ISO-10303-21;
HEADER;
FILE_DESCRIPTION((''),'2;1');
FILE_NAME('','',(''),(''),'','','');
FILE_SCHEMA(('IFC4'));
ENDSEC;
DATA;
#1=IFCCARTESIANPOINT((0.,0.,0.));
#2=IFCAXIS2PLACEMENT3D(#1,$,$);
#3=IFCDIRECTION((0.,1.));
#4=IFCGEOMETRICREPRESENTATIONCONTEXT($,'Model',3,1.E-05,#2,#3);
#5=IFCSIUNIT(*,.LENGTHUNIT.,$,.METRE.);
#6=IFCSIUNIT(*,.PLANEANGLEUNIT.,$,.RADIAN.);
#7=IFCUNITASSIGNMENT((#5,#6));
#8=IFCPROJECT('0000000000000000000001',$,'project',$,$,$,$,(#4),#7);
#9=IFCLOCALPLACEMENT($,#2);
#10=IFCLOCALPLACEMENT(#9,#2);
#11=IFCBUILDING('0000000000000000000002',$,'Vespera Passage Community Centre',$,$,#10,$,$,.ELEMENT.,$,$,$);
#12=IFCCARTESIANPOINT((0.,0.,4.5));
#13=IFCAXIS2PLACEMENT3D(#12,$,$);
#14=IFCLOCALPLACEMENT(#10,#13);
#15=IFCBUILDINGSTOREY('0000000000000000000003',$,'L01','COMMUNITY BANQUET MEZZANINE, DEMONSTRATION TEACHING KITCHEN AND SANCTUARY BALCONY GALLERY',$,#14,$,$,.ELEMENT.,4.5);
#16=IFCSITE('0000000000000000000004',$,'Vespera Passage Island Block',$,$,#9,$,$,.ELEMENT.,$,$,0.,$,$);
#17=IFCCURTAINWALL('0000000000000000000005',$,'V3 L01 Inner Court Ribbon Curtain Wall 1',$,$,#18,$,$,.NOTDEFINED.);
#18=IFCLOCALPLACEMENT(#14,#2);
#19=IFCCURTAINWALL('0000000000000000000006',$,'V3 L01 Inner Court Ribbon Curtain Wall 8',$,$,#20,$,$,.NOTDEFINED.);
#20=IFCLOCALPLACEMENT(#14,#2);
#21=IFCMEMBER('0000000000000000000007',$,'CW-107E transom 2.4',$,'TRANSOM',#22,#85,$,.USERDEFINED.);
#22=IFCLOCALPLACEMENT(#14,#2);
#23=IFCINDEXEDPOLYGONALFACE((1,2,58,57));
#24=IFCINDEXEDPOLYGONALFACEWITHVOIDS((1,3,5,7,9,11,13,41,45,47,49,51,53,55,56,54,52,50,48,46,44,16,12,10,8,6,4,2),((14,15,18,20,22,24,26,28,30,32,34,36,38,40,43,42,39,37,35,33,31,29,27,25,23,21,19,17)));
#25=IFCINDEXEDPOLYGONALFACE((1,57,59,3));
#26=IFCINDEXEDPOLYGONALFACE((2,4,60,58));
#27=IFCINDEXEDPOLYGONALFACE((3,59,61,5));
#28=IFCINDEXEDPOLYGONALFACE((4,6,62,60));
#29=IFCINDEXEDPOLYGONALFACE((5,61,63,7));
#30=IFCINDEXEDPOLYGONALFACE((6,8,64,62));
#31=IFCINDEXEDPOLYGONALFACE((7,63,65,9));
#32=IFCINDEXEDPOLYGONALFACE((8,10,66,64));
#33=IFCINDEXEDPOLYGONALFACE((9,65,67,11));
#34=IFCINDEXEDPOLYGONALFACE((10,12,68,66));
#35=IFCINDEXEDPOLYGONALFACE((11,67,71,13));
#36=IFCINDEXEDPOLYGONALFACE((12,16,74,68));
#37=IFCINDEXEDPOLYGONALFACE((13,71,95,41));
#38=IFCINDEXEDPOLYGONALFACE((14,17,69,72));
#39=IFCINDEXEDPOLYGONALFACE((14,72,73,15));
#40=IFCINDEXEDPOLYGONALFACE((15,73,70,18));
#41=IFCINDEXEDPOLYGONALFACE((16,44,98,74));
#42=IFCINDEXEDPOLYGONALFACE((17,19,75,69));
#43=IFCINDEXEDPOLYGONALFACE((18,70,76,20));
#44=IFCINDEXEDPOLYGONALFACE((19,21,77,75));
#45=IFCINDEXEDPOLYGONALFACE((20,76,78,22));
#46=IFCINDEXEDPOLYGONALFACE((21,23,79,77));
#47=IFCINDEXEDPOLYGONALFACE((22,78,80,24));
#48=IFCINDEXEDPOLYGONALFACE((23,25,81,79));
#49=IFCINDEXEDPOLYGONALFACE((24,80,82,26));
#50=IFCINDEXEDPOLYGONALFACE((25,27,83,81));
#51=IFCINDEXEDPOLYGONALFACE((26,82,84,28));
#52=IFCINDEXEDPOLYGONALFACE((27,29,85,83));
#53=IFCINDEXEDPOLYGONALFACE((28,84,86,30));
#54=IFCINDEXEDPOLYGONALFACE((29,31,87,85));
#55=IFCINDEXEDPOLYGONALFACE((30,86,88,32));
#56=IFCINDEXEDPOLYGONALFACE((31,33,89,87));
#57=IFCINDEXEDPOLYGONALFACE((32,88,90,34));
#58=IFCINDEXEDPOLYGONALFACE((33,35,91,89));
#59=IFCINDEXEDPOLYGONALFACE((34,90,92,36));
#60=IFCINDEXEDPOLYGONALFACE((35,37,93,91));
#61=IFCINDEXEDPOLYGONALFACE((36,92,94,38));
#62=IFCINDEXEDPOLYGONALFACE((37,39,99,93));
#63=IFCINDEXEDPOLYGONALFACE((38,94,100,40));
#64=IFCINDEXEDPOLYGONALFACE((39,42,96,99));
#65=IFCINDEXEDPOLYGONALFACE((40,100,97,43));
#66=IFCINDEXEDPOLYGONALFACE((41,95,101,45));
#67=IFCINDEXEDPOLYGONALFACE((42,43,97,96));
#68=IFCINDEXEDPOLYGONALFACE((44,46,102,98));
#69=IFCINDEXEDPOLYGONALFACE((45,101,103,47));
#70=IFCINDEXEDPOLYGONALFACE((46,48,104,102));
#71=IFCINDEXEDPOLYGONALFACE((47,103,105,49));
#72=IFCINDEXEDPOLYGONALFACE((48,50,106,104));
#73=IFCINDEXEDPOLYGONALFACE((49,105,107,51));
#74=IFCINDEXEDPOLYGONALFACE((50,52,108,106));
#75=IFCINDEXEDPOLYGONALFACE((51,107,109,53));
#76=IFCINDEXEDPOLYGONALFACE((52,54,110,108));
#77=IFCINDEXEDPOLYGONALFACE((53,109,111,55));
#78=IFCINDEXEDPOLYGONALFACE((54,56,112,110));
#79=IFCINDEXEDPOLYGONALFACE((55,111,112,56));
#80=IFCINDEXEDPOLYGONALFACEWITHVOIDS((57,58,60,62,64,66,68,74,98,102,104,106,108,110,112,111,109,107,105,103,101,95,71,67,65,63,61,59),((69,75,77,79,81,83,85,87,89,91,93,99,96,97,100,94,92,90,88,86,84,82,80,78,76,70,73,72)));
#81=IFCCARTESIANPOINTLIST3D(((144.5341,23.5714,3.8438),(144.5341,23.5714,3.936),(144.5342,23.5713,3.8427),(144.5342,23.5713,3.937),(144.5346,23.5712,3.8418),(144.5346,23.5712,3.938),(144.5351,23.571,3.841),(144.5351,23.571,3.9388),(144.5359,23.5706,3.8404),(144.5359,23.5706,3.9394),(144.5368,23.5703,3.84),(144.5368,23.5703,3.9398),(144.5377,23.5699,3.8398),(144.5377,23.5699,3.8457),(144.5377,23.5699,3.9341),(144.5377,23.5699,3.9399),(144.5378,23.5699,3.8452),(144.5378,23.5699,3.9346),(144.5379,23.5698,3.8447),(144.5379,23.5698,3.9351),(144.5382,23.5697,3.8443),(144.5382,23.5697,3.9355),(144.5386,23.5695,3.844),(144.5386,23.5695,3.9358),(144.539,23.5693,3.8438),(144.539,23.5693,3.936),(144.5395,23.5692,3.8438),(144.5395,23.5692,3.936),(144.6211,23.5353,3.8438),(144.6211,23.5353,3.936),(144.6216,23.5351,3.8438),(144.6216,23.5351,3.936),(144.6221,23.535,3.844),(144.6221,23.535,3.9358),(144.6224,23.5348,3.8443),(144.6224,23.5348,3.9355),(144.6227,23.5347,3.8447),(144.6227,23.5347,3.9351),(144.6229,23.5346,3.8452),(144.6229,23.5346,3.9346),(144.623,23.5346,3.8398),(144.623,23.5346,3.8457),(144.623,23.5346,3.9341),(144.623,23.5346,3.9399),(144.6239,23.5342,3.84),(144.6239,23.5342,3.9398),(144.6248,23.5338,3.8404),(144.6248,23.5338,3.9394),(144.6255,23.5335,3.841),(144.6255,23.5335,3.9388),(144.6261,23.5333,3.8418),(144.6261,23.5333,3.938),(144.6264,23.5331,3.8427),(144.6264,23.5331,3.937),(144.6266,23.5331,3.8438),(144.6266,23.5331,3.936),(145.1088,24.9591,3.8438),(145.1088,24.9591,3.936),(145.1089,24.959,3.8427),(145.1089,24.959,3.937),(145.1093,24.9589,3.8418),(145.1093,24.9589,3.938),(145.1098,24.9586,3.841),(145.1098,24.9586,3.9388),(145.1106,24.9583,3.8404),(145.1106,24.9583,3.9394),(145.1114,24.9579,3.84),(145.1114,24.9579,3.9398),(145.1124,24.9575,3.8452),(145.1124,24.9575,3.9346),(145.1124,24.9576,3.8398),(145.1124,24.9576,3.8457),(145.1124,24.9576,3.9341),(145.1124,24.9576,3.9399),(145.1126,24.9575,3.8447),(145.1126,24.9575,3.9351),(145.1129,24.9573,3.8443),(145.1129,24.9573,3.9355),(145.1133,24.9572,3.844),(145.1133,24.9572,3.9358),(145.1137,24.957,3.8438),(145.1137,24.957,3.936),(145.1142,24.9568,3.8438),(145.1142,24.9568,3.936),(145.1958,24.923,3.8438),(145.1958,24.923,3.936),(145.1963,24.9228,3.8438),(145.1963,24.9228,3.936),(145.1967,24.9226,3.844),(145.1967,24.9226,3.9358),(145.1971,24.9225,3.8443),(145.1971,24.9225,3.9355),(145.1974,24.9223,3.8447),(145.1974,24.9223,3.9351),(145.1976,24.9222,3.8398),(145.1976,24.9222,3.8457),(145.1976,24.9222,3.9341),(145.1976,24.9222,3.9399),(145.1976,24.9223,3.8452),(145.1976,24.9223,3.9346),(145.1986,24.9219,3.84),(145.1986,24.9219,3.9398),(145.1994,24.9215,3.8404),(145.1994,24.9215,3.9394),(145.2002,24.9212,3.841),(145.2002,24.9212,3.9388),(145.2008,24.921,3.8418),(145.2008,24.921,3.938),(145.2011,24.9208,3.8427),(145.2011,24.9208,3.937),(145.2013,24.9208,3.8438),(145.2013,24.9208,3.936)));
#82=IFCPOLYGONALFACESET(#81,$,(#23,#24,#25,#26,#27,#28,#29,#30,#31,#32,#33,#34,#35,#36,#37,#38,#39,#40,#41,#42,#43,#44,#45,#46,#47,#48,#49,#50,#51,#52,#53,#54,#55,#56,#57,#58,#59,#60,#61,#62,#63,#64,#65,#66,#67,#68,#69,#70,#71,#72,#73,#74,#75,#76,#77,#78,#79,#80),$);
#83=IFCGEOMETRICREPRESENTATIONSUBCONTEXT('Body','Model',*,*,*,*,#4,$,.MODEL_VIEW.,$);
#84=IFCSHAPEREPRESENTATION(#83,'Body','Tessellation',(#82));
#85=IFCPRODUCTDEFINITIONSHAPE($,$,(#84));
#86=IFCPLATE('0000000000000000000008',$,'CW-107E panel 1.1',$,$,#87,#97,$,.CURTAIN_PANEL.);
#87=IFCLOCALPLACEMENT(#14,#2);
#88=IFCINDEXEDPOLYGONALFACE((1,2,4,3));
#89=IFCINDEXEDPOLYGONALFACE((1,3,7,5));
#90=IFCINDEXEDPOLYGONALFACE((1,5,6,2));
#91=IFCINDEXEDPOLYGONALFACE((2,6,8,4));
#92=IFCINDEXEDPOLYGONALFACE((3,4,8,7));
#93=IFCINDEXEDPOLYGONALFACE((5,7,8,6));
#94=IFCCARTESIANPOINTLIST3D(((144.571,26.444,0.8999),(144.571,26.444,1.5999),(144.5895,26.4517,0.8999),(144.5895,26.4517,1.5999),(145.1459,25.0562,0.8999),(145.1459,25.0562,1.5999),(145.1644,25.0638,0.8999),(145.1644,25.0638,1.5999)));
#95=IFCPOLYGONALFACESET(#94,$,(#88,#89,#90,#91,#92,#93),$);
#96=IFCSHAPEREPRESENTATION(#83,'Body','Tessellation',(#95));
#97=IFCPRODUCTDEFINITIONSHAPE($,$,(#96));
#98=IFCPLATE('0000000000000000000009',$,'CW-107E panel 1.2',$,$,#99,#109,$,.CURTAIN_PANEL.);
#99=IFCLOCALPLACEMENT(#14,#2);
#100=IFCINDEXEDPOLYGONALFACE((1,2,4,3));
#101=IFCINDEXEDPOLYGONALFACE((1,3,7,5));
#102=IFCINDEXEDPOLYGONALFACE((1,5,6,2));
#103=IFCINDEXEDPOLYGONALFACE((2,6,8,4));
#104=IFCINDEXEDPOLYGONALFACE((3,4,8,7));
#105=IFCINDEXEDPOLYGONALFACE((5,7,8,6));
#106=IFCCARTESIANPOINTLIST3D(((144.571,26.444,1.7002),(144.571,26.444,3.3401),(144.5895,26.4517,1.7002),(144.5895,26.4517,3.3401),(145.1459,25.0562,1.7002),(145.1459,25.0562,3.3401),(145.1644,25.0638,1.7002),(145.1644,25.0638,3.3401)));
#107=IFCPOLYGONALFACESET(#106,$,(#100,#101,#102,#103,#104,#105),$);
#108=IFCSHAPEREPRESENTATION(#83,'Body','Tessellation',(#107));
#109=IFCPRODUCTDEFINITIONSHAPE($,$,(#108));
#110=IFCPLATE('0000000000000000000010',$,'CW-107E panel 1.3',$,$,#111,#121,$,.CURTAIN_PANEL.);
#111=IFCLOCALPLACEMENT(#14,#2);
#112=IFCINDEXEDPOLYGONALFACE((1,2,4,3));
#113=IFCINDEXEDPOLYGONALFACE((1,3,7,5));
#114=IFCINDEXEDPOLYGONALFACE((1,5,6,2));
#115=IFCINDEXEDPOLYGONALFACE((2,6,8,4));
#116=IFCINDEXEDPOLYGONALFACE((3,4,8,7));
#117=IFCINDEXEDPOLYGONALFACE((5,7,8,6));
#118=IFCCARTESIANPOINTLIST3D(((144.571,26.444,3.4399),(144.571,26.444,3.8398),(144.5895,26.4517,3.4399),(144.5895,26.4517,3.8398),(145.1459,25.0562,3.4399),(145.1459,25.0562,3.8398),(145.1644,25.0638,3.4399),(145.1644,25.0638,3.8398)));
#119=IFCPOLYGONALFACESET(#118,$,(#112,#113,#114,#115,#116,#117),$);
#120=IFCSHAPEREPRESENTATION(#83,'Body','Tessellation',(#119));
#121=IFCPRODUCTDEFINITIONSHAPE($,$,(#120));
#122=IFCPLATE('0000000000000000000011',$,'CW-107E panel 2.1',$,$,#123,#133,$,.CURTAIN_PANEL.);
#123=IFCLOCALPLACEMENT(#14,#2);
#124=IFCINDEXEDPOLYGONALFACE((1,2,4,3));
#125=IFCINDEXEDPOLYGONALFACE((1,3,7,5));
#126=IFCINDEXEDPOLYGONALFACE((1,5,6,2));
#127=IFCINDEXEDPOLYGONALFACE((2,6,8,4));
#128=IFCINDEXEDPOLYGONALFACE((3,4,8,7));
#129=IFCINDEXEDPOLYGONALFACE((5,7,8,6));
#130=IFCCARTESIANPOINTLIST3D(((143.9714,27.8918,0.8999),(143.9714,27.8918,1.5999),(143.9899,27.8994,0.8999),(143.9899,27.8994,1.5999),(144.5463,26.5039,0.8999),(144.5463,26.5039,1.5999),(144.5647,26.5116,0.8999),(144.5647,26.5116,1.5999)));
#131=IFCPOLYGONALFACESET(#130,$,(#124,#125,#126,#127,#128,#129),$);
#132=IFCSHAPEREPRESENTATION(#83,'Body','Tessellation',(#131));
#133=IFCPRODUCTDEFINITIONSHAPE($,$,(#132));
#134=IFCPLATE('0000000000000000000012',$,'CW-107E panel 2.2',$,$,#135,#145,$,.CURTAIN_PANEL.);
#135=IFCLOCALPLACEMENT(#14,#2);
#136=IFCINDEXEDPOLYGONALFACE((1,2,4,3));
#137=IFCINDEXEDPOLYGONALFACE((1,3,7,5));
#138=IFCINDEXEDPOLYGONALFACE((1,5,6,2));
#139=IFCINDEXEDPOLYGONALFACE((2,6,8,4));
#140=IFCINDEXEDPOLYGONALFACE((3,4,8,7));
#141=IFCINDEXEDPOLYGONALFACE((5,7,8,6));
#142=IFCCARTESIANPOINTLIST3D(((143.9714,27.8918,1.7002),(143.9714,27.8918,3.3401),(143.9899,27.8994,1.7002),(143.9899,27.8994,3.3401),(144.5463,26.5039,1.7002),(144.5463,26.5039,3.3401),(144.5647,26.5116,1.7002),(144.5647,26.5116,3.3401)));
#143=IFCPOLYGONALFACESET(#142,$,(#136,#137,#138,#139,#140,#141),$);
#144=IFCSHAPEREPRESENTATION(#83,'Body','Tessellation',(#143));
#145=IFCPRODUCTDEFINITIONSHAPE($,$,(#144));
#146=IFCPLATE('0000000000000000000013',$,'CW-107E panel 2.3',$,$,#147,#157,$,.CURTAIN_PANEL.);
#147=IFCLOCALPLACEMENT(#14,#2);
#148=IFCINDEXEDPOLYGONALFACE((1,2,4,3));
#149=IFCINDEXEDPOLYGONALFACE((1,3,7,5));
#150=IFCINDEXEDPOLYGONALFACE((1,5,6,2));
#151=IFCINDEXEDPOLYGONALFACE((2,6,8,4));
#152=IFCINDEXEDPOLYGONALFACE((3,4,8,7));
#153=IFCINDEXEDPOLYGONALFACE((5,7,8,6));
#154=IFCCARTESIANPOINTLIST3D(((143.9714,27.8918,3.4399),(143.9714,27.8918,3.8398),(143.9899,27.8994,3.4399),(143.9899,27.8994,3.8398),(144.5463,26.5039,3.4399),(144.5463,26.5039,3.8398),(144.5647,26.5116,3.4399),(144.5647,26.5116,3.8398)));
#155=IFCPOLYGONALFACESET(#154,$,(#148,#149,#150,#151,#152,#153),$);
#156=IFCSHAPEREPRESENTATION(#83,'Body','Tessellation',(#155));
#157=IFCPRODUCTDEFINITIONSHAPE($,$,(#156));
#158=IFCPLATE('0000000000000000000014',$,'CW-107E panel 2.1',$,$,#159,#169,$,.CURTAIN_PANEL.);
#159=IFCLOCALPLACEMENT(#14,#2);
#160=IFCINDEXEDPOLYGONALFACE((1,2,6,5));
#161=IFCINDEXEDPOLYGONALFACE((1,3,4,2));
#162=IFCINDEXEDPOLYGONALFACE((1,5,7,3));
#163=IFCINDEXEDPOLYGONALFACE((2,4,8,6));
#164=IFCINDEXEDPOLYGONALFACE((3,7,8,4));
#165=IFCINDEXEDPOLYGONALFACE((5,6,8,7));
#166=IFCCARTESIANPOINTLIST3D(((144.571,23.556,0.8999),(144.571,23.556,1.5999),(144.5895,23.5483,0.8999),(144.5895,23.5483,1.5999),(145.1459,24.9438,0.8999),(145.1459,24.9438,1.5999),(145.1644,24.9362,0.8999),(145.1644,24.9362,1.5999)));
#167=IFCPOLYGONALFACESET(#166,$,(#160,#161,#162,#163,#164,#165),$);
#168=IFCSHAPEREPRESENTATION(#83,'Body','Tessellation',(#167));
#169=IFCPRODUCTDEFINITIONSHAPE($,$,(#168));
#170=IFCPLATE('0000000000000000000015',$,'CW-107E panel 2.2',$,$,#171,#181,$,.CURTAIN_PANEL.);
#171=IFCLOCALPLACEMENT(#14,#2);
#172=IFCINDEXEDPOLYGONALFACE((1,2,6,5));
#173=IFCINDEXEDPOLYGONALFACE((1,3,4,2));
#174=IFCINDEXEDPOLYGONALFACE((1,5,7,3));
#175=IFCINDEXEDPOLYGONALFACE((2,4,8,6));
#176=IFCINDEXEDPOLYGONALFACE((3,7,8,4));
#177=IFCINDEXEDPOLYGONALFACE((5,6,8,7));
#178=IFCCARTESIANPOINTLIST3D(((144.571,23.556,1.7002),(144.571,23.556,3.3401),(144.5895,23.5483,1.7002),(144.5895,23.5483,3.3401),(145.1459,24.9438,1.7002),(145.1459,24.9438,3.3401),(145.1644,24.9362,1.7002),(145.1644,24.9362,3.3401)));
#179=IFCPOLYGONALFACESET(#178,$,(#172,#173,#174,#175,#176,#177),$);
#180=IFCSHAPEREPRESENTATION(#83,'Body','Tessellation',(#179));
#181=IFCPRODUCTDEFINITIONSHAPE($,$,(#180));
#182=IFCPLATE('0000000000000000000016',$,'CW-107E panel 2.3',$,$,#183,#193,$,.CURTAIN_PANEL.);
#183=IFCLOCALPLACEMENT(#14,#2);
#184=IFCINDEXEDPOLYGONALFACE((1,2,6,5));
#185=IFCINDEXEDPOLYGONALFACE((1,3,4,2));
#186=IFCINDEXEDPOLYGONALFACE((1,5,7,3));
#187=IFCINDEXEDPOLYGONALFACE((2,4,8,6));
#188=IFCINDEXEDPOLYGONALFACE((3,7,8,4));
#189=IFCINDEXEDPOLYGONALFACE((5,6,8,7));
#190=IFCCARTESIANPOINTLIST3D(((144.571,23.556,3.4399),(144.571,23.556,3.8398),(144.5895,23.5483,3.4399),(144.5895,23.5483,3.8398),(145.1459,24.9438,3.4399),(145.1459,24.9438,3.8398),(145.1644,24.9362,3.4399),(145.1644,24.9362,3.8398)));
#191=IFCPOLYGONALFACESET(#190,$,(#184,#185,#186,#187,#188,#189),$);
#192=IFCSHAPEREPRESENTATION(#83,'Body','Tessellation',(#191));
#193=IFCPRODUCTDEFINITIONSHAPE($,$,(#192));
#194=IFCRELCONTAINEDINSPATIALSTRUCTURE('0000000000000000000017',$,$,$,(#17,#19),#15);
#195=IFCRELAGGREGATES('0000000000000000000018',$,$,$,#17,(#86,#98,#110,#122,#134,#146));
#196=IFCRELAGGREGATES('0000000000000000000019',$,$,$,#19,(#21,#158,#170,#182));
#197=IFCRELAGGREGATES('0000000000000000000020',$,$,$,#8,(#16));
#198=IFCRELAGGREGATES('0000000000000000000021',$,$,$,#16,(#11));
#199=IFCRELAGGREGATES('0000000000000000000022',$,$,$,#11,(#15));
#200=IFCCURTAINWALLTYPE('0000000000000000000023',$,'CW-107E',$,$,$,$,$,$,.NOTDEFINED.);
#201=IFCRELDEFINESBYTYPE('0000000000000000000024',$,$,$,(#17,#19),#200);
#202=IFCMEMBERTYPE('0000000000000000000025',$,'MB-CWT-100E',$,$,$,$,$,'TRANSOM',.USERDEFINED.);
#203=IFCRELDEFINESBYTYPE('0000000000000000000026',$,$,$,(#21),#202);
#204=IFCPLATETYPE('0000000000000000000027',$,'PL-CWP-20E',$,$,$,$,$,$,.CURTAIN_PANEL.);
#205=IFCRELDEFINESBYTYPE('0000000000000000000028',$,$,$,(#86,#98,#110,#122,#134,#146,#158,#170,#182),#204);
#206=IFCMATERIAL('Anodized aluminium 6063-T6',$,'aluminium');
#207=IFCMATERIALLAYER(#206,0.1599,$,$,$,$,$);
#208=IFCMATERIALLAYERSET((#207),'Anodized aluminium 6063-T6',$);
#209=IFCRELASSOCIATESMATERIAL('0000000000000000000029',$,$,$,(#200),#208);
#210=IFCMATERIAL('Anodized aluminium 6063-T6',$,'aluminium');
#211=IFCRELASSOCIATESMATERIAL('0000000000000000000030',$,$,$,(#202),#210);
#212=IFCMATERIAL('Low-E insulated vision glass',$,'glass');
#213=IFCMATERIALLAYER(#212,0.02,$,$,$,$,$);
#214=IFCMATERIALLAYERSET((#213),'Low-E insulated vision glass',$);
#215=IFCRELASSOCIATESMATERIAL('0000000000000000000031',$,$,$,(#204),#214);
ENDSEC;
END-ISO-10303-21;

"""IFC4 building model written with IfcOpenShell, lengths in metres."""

from ifc_helpers import new_model, si_unit, direction, frame, origin, origin_2d, place, context, subcontext, project, spatial, rectangle, hollow_rectangle, extrude, material, layer, layer_set, material_profile, profile_set, type_object, element, aggregate, save


model = new_model("IFC4")

# Units and contexts
model_context = context("Model", 3, precision=1e-05, world=origin(), true_north=direction((0.0, 1.0)))
body_context = subcontext(model_context, "Body", "Model", "MODEL_VIEW")
ifc_project = project(units=[si_unit("LENGTHUNIT", "METRE"), si_unit("PLANEANGLEUNIT", "RADIAN")], contexts=[model_context])

# Site, building, storey
site_placement = place(None, origin())
site = spatial("IfcSite", under=ifc_project, at=site_placement, Name="Vespera Passage Island Block", CompositionType="ELEMENT", RefElevation=0.0)
building_placement = place(site_placement, origin())
building = spatial("IfcBuilding", under=site, at=building_placement, Name="Vespera Passage Community Centre", CompositionType="ELEMENT")
storey_placement = place(building_placement, frame((0.0, 0.0, 4.5)))
storey = spatial("IfcBuildingStorey", under=building, at=storey_placement, Name="L01", Description="COMMUNITY BANQUET MEZZANINE, DEMONSTRATION TEACHING KITCHEN AND SANCTUARY BALCONY GALLERY", CompositionType="ELEMENT", Elevation=4.5)

# Curtain wall
ifc_material_1 = material(Name="Anodized aluminium 6063-T6", Category="aluminium")
ifc_layer_1 = layer(ifc_material_1, 0.1599)
ifc_layer_set_1 = layer_set([ifc_layer_1], Name="Anodized aluminium 6063-T6")
curtain_wall_type = type_object("IfcCurtainWallType", Name="CW-107E", PredefinedType="NOTDEFINED", material=ifc_layer_set_1)
curtain_wall_1_placement = place(storey_placement, origin())
curtain_wall_1 = element("IfcCurtainWall", 1, at=curtain_wall_1_placement, inside=storey, type_object=curtain_wall_type, Name="V3 L01 Inner Court Ribbon Curtain Wall 1", PredefinedType="NOTDEFINED")

# Curtain wall
curtain_wall_2_placement = place(storey_placement, origin())
curtain_wall_2 = element("IfcCurtainWall", 2, at=curtain_wall_2_placement, inside=storey, type_object=curtain_wall_type, Name="V3 L01 Inner Court Ribbon Curtain Wall 8", PredefinedType="NOTDEFINED")

# Member
ifc_material_2 = material(Name="Anodized aluminium 6063-T6", Category="aluminium")
ifc_material_profile_1 = material_profile(ifc_material_2, hollow_rectangle(XDim=0.1001, YDim=0.1001, WallThickness=0.0039, InnerFilletRadius=0.002, OuterFilletRadius=0.0039, at=origin_2d()), Name="ALU100X100X4")
ifc_profile_set_1 = profile_set([ifc_material_profile_1], Name="Anodized aluminium 6063-T6")
member_type_1 = type_object("IfcMemberType", Name="MB-CWT-100E", ElementType="TRANSOM", PredefinedType="USERDEFINED", material=ifc_profile_set_1)
member_1_placement = place(storey_placement, frame((144.5803, 23.5522, 3.8899), z_axis=(0.382629, 0.923902, 0.0), x_axis=(-0.923902, 0.382629, 0.0)))
member_1 = element("IfcMember", 3, at=member_1_placement, type_object=member_type_1, Name="CW-107E transom 2.4", ObjectType="TRANSOM", PredefinedType="USERDEFINED", context=body_context, shape_type="SweptSolid", body=[
    extrude(hollow_rectangle(XDim=0.1001, YDim=0.1001, WallThickness=0.0039, InnerFilletRadius=0.002, OuterFilletRadius=0.0039, at=origin_2d()), origin(), (0.0, 0.0, 1.0), 1.502),
])

# Plates
ifc_material_3 = material(Name="Low-E insulated vision glass", Category="glass")
ifc_layer_2 = layer(ifc_material_3, 0.02)
ifc_layer_set_2 = layer_set([ifc_layer_2], Name="Low-E insulated vision glass")
plate_type = type_object("IfcPlateType", Name="PL-CWP-20E", PredefinedType="CURTAIN_PANEL", material=ifc_layer_set_2)
plate_1_placement = place(storey_placement, frame((144.8677, 25.7539, 0.8999), z_axis=(0.0, 0.0, 1.0), x_axis=(-0.382686, 0.923879, 0.0)))
plate_1 = element("IfcPlate", 4, at=plate_1_placement, type_object=plate_type, Name="CW-107E panel 1.1", PredefinedType="CURTAIN_PANEL", context=body_context, shape_type="SweptSolid", body=[
    extrude(rectangle(XDim=1.5022, YDim=0.02, at=origin_2d()), origin(), (0.0, 0.0, 1.0), 0.7),
])
plate_2_placement = place(storey_placement, frame((144.8677, 25.7539, 1.7002), z_axis=(0.0, 0.0, 1.0), x_axis=(-0.382686, 0.923879, 0.0)))
plate_2 = element("IfcPlate", 5, at=plate_2_placement, type_object=plate_type, Name="CW-107E panel 1.2", PredefinedType="CURTAIN_PANEL", context=body_context, shape_type="SweptSolid", body=[
    extrude(rectangle(XDim=1.5022, YDim=0.02, at=origin_2d()), origin(), (0.0, 0.0, 1.0), 1.6399),
])
plate_3_placement = place(storey_placement, frame((144.8677, 25.7539, 3.4399), z_axis=(0.0, 0.0, 1.0), x_axis=(-0.382686, 0.923879, 0.0)))
plate_3 = element("IfcPlate", 6, at=plate_3_placement, type_object=plate_type, Name="CW-107E panel 1.3", PredefinedType="CURTAIN_PANEL", context=body_context, shape_type="SweptSolid", body=[
    extrude(rectangle(XDim=1.5022, YDim=0.02, at=origin_2d()), origin(), (0.0, 0.0, 1.0), 0.3999),
])
plate_4_placement = place(storey_placement, frame((144.2681, 27.2017, 0.8999), z_axis=(0.0, 0.0, 1.0), x_axis=(-0.382686, 0.923879, 0.0)))
plate_4 = element("IfcPlate", 7, at=plate_4_placement, type_object=plate_type, Name="CW-107E panel 2.1", PredefinedType="CURTAIN_PANEL", context=body_context, shape_type="SweptSolid", body=[
    extrude(rectangle(XDim=1.5022, YDim=0.02, at=origin_2d()), origin(), (0.0, 0.0, 1.0), 0.7),
])
plate_5_placement = place(storey_placement, frame((144.2681, 27.2017, 1.7002), z_axis=(0.0, 0.0, 1.0), x_axis=(-0.382686, 0.923879, 0.0)))
plate_5 = element("IfcPlate", 8, at=plate_5_placement, type_object=plate_type, Name="CW-107E panel 2.2", PredefinedType="CURTAIN_PANEL", context=body_context, shape_type="SweptSolid", body=[
    extrude(rectangle(XDim=1.5022, YDim=0.02, at=origin_2d()), origin(), (0.0, 0.0, 1.0), 1.6399),
])
plate_6_placement = place(storey_placement, frame((144.2681, 27.2017, 3.4399), z_axis=(0.0, 0.0, 1.0), x_axis=(-0.382686, 0.923879, 0.0)))
plate_6 = element("IfcPlate", 9, at=plate_6_placement, type_object=plate_type, Name="CW-107E panel 2.3", PredefinedType="CURTAIN_PANEL", context=body_context, shape_type="SweptSolid", body=[
    extrude(rectangle(XDim=1.5022, YDim=0.02, at=origin_2d()), origin(), (0.0, 0.0, 1.0), 0.3999),
])
aggregate(curtain_wall_1, [plate_1, plate_2, plate_3, plate_4, plate_5, plate_6])
plate_7_placement = place(storey_placement, frame((144.8677, 24.2461, 0.8999), z_axis=(0.0, 0.0, 1.0), x_axis=(0.382686, 0.923879, 0.0)))
plate_7 = element("IfcPlate", 10, at=plate_7_placement, type_object=plate_type, Name="CW-107E panel 2.1", PredefinedType="CURTAIN_PANEL", context=body_context, shape_type="SweptSolid", body=[
    extrude(rectangle(XDim=1.5022, YDim=0.02, at=origin_2d()), origin(), (0.0, 0.0, 1.0), 0.7),
])
plate_8_placement = place(storey_placement, frame((144.8677, 24.2461, 1.7002), z_axis=(0.0, 0.0, 1.0), x_axis=(0.382686, 0.923879, 0.0)))
plate_8 = element("IfcPlate", 11, at=plate_8_placement, type_object=plate_type, Name="CW-107E panel 2.2", PredefinedType="CURTAIN_PANEL", context=body_context, shape_type="SweptSolid", body=[
    extrude(rectangle(XDim=1.5022, YDim=0.02, at=origin_2d()), origin(), (0.0, 0.0, 1.0), 1.6399),
])
plate_9_placement = place(storey_placement, frame((144.8677, 24.2461, 3.4399), z_axis=(0.0, 0.0, 1.0), x_axis=(0.382686, 0.923879, 0.0)))
plate_9 = element("IfcPlate", 12, at=plate_9_placement, type_object=plate_type, Name="CW-107E panel 2.3", PredefinedType="CURTAIN_PANEL", context=body_context, shape_type="SweptSolid", body=[
    extrude(rectangle(XDim=1.5022, YDim=0.02, at=origin_2d()), origin(), (0.0, 0.0, 1.0), 0.3999),
])
aggregate(curtain_wall_2, [member_1, plate_7, plate_8, plate_9])

save(model, "model.ifc")
